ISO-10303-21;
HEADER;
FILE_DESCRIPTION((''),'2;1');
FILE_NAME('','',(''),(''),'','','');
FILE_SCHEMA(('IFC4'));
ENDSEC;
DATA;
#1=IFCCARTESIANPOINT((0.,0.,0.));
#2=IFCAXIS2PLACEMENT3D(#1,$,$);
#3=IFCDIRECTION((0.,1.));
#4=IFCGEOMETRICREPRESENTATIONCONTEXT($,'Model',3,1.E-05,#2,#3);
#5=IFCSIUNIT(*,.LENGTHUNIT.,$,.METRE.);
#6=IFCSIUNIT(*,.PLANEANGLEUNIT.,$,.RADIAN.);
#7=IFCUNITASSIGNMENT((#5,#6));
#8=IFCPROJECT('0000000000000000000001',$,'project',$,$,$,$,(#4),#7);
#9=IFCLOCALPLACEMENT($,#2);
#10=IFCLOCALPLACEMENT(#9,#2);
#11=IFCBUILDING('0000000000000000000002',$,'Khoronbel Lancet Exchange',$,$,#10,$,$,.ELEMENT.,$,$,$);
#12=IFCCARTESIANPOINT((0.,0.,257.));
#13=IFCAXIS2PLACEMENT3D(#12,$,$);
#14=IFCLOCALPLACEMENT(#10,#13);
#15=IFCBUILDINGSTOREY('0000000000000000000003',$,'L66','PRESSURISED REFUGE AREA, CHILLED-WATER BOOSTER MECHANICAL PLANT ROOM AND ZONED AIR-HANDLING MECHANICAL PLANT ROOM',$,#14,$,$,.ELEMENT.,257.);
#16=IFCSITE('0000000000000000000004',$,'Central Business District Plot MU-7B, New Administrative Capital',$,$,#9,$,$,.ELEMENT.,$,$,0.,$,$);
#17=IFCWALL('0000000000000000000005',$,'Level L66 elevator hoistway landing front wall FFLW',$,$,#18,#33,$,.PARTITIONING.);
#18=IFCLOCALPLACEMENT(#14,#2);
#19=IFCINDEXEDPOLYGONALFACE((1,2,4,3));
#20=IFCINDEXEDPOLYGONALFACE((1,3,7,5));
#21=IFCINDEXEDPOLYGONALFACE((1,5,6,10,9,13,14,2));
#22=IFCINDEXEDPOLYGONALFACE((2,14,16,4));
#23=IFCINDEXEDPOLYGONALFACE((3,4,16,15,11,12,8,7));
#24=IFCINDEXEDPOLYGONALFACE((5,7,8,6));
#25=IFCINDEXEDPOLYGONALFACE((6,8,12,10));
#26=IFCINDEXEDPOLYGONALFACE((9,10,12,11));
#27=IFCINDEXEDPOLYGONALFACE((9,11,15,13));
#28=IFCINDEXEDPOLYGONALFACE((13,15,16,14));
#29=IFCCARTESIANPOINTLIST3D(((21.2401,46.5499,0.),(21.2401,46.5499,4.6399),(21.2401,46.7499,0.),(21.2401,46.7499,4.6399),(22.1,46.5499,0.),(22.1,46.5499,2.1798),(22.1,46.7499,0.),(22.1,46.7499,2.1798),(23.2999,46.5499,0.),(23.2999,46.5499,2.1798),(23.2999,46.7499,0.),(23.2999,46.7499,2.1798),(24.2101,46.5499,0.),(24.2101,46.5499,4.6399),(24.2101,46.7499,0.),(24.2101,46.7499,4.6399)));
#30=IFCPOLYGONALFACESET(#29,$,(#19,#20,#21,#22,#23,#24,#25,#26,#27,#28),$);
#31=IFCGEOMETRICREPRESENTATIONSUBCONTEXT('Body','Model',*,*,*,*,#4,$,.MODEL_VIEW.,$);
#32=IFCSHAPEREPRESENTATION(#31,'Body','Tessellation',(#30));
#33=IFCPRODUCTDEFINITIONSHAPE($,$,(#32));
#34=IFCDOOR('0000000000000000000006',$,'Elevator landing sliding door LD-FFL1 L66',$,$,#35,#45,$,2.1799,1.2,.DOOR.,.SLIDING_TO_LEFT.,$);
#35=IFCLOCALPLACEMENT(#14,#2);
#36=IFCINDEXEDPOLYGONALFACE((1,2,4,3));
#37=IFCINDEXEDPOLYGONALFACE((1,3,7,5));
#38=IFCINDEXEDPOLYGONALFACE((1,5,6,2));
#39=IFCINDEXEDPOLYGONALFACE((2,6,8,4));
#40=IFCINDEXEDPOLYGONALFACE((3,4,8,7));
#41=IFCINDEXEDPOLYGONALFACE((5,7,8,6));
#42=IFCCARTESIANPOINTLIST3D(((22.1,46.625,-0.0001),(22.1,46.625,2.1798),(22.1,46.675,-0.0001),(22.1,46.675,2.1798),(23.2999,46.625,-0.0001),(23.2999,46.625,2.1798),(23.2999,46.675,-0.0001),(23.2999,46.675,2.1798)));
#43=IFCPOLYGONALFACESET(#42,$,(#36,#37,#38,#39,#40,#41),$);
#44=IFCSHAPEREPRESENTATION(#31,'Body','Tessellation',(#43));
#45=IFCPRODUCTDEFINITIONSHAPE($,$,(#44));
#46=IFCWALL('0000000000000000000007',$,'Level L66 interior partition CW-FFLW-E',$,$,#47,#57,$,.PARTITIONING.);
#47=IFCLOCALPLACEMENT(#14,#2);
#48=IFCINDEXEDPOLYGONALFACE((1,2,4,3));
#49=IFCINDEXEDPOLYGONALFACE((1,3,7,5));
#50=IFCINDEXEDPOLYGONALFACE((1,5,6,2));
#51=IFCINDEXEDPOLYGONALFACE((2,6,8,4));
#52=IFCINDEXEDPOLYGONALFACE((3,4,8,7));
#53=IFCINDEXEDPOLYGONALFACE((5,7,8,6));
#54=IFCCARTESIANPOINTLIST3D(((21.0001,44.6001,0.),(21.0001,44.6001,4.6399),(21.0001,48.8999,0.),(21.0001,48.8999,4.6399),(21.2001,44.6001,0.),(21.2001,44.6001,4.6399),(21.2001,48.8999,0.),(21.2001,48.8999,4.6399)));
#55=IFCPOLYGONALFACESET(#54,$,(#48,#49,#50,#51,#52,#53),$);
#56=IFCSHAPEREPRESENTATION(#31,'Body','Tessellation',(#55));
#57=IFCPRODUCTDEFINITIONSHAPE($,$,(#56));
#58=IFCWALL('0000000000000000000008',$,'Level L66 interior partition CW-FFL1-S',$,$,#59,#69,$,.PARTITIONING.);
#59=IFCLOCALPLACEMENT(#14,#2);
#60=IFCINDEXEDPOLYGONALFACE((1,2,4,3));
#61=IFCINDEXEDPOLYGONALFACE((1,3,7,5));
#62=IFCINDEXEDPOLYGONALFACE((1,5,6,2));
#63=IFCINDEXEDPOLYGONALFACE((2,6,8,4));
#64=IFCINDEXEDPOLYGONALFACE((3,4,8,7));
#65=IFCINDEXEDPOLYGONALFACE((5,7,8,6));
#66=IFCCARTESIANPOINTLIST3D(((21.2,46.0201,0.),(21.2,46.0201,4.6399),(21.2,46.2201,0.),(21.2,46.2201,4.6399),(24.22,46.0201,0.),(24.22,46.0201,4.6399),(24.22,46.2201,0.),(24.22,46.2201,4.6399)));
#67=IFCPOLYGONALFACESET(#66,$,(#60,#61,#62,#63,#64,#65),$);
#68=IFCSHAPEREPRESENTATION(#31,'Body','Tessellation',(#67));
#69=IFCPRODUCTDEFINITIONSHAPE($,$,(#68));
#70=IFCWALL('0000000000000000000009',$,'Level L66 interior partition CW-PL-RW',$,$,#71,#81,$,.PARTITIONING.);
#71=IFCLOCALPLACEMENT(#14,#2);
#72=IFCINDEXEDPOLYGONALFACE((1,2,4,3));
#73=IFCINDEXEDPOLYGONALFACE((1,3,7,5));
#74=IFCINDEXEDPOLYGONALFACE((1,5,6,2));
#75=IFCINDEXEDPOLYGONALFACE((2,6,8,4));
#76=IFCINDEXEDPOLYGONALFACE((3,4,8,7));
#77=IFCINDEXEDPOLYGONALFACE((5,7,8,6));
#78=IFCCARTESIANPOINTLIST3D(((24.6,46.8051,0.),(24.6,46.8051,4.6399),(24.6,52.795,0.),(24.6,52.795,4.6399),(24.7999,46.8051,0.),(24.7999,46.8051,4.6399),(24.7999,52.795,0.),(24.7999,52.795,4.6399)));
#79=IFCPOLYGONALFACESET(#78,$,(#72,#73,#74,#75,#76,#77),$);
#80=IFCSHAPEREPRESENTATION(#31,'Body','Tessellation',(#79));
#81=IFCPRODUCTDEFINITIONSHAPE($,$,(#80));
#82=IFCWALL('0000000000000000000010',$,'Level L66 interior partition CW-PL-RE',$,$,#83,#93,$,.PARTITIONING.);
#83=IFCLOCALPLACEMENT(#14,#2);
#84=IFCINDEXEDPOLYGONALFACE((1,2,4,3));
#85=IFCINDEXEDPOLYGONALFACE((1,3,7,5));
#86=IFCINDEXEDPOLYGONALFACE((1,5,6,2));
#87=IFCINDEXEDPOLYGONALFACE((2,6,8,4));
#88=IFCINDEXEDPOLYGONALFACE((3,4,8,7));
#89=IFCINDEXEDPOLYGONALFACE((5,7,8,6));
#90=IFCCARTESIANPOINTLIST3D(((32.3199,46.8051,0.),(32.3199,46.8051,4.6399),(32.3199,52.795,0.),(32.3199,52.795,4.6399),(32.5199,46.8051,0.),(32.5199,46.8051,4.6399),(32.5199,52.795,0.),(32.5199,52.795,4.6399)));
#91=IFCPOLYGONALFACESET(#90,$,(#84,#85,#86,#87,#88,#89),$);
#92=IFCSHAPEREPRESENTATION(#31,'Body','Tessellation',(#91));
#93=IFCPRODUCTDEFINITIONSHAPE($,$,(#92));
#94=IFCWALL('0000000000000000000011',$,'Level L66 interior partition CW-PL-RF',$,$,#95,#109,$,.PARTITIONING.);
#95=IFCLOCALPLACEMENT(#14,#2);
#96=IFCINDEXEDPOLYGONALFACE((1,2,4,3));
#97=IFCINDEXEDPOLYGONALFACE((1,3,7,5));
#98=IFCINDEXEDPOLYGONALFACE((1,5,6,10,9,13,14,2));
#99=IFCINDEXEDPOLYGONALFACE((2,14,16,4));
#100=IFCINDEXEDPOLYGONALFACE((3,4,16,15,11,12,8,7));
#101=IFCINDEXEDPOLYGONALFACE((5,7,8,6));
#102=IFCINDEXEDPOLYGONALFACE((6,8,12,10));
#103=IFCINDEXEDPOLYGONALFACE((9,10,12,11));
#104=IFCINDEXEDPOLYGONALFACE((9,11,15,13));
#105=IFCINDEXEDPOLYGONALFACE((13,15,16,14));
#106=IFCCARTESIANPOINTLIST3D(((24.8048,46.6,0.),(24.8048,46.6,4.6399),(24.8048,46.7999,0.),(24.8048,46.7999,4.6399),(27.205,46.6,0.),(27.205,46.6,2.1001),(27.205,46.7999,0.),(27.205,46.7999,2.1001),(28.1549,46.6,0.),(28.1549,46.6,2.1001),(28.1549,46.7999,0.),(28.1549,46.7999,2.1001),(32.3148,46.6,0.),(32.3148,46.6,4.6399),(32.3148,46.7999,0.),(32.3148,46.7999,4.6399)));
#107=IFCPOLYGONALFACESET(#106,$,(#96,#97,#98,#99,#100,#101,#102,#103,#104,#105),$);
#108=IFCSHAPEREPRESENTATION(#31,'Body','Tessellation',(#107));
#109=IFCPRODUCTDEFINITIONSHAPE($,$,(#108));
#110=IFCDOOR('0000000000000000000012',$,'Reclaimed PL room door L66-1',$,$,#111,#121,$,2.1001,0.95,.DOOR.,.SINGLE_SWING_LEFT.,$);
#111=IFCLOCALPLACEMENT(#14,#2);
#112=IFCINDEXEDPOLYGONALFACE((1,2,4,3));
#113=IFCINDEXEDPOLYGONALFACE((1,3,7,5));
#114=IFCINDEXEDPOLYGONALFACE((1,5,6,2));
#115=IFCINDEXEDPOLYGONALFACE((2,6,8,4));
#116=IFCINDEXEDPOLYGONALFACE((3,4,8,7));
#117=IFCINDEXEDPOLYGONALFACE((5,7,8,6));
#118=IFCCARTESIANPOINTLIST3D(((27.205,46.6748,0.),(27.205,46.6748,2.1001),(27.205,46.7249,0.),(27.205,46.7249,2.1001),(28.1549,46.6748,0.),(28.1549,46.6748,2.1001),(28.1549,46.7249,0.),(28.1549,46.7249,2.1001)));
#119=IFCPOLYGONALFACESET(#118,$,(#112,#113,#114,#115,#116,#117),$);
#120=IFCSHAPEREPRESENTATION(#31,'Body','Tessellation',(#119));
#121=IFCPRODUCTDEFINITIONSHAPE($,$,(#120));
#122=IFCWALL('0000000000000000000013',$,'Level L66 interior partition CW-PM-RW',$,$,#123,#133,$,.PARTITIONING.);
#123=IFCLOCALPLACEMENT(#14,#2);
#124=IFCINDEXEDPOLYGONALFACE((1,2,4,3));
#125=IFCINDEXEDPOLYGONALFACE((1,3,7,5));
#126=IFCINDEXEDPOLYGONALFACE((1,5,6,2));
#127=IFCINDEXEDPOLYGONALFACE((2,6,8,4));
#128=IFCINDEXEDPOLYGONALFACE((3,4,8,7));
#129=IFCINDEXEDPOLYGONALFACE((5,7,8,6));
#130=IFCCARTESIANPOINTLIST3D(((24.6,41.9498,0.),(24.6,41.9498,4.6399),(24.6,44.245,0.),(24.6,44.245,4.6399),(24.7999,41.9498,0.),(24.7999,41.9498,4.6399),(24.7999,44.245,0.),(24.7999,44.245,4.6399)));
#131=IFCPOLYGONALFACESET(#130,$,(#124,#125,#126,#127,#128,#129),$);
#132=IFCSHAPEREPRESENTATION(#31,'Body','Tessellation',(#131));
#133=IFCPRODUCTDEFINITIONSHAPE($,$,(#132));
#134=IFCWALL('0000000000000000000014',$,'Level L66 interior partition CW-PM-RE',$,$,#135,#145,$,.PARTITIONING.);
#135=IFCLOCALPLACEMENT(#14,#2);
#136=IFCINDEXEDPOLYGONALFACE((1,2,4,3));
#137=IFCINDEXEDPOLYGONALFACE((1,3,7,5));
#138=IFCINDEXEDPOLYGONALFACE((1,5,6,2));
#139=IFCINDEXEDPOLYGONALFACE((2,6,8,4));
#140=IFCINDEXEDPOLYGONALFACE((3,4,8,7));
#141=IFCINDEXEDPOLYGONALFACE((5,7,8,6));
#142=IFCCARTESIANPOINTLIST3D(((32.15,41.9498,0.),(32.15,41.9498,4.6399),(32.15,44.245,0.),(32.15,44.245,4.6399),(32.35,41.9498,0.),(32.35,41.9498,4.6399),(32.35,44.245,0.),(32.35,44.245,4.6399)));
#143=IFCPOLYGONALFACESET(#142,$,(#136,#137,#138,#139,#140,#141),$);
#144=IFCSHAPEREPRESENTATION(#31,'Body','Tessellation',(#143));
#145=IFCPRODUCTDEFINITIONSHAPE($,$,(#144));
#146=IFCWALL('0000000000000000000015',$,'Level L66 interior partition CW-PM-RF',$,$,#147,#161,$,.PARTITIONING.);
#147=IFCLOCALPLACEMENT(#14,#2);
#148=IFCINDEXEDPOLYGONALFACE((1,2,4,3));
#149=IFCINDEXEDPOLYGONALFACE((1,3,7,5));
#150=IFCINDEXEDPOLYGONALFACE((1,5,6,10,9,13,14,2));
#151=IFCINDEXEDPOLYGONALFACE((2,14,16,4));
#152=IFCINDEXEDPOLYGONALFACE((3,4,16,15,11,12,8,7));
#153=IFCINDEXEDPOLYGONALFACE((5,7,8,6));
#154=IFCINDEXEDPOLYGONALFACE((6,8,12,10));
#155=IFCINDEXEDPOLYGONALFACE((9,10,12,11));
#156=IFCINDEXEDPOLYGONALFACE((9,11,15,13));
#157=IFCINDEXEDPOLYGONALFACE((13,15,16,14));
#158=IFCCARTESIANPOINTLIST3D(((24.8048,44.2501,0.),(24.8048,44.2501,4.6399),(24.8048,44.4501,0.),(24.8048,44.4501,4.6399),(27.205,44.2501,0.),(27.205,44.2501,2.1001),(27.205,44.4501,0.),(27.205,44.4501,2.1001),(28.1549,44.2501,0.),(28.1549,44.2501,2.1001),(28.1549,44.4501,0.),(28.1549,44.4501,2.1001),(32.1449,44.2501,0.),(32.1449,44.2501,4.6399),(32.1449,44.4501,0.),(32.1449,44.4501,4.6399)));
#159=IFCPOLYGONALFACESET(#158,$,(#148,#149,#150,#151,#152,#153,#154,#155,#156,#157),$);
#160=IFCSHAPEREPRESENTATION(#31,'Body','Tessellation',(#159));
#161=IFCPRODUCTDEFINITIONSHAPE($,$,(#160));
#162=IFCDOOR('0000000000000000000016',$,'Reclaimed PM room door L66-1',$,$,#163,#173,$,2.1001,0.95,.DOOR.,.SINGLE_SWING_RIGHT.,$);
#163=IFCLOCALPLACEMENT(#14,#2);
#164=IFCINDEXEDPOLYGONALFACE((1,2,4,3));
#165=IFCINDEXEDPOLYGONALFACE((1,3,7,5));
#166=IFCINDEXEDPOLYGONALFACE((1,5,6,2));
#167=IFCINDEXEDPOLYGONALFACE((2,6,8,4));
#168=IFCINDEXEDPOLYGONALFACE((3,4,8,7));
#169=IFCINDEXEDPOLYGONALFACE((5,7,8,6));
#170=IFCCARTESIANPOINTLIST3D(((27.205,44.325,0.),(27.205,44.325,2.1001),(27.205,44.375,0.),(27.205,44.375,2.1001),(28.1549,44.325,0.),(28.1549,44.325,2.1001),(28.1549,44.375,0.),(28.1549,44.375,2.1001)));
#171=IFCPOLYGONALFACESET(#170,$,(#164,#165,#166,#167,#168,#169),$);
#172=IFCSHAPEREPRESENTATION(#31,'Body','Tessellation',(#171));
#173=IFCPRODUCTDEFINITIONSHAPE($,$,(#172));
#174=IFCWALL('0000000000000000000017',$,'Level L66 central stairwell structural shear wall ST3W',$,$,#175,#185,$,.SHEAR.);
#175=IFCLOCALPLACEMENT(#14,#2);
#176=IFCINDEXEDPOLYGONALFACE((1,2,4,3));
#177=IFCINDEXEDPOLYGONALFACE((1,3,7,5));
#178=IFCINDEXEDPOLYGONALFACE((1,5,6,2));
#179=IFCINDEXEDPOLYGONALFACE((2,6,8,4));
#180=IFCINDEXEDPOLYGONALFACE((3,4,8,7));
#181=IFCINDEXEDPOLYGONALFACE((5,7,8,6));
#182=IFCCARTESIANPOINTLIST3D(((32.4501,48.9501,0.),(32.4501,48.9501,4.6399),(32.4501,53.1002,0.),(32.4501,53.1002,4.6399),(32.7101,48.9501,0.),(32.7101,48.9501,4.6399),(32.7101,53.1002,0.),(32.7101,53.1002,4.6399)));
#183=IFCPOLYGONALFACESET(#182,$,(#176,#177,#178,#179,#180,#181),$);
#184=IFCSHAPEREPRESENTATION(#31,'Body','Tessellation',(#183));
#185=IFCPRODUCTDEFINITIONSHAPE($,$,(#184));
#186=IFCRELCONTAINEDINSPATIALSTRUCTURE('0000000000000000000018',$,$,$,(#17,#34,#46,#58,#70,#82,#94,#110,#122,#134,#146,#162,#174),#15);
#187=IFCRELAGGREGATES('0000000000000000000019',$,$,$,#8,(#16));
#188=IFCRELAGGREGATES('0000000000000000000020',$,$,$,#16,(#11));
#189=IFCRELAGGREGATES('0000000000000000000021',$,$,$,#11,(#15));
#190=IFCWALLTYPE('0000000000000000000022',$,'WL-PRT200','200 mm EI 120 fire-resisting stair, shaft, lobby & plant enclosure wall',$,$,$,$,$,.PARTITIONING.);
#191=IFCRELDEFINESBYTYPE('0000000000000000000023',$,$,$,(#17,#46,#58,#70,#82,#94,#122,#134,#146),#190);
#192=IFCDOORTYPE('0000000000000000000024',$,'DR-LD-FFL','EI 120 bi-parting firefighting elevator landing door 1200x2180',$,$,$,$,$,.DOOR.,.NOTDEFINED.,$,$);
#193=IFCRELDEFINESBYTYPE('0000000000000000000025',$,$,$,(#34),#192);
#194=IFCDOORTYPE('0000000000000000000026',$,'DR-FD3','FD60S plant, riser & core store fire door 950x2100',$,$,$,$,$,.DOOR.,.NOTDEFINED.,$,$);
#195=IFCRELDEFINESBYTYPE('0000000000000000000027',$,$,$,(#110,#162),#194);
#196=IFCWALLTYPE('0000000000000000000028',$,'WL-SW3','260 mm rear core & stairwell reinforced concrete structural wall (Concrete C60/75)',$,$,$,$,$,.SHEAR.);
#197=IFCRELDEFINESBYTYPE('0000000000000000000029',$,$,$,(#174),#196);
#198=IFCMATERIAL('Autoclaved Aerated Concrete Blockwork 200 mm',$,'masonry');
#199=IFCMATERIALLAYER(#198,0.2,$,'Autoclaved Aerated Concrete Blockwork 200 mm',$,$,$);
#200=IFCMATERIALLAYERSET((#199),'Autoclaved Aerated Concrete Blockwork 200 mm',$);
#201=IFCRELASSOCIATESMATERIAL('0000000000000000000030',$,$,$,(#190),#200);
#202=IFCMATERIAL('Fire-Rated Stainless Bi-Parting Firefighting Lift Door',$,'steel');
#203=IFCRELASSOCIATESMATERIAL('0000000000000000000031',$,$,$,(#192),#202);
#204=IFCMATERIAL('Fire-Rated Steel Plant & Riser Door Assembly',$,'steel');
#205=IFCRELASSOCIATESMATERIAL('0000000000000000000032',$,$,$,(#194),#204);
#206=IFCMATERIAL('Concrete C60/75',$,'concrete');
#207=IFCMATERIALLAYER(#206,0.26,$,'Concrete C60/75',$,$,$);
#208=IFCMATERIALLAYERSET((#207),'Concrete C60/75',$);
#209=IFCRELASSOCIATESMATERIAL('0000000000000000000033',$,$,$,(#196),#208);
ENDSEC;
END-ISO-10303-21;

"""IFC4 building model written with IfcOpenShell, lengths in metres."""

from ifc_helpers import new_model, si_unit, direction, frame, frame_2d, origin, place, context, subcontext, project, spatial, rectangle, extrude, material, layer, layer_set, type_object, element, fill, save


model = new_model("IFC4")

# Units and contexts
model_context = context("Model", 3, precision=1e-05, world=origin(), true_north=direction((0.0, 1.0)))
body_context = subcontext(model_context, "Body", "Model", "MODEL_VIEW")
ifc_project = project(units=[si_unit("LENGTHUNIT", "METRE"), si_unit("PLANEANGLEUNIT", "RADIAN")], contexts=[model_context])

# Site, building, storey
site_placement = place(None, origin())
site = spatial("IfcSite", under=ifc_project, at=site_placement, Name="Central Business District Plot MU-7B, New Administrative Capital", CompositionType="ELEMENT", RefElevation=0.0)
building_placement = place(site_placement, origin())
building = spatial("IfcBuilding", under=site, at=building_placement, Name="Khoronbel Lancet Exchange", CompositionType="ELEMENT")
storey_placement = place(building_placement, frame((0.0, 0.0, 257.0)))
storey = spatial("IfcBuildingStorey", under=building, at=storey_placement, Name="L66", Description="PRESSURISED REFUGE AREA, CHILLED-WATER BOOSTER MECHANICAL PLANT ROOM AND ZONED AIR-HANDLING MECHANICAL PLANT ROOM", CompositionType="ELEMENT", Elevation=257.0)

# Wall, opening, door
ifc_material_1 = material(Name="Autoclaved Aerated Concrete Blockwork 200 mm", Category="masonry")
ifc_layer_1 = layer(ifc_material_1, 0.2, Name="Autoclaved Aerated Concrete Blockwork 200 mm")
ifc_layer_set_1 = layer_set([ifc_layer_1], Name="Autoclaved Aerated Concrete Blockwork 200 mm")
wall_type_1 = type_object("IfcWallType", Name="WL-PRT200", Description="200 mm EI 120 fire-resisting stair, shaft, lobby & plant enclosure wall", PredefinedType="PARTITIONING", material=ifc_layer_set_1)
wall_1_placement = place(storey_placement, frame((24.21, 46.6499, 0.0), z_axis=(0.0, 0.0, 1.0), x_axis=(-1.0, 0.0, 0.0)))
wall_1 = element("IfcWall", 1, at=wall_1_placement, inside=storey, type_object=wall_type_1, Name="Level L66 elevator hoistway landing front wall FFLW", PredefinedType="PARTITIONING", context=body_context, shape_type="SweptSolid", body=[
    extrude(rectangle(XDim=2.97, YDim=0.2, at=frame_2d((1.4849, 0.0))), origin(), (0.0, 0.0, 1.0), 4.6399),
])
opening_1_placement = place(wall_1_placement, frame((0.9099, 0.0, 0.0)))
opening_1 = element("IfcOpeningElement", 2, at=opening_1_placement, cuts=wall_1, PredefinedType="OPENING", context=body_context, shape_type="SweptSolid", body=[
    extrude(rectangle(XDim=1.2, YDim=2.1799, at=frame_2d((0.6001, 1.0898))), frame((0.0, 0.1099, 0.0), z_axis=(0.0, -1.0, 0.0), x_axis=(1.0, 0.0, 0.0)), (0.0, 0.0, 1.0), 0.22),
])
ifc_material_2 = material(Name="Fire-Rated Stainless Bi-Parting Firefighting Lift Door", Category="steel")
door_type_1 = type_object("IfcDoorType", Name="DR-LD-FFL", Description="EI 120 bi-parting firefighting elevator landing door 1200x2180", OperationType="NOTDEFINED", PredefinedType="DOOR", material=ifc_material_2)
door_1_placement = place(opening_1_placement, origin())
door_1 = element("IfcDoor", 3, at=door_1_placement, inside=storey, type_object=door_type_1, Name="Elevator landing sliding door LD-FFL1 L66", OperationType="SLIDING_TO_LEFT", OverallHeight=2.1799, OverallWidth=1.2, PredefinedType="DOOR", context=body_context, shape_type="SweptSolid", body=[
    extrude(rectangle(XDim=1.2, YDim=2.1799, at=frame_2d((0.6001, 1.0898))), frame((0.0, 0.0249, 0.0), z_axis=(0.0, -1.0, 0.0), x_axis=(1.0, 0.0, 0.0)), (0.0, 0.0, 1.0), 0.05),
])
fill(opening_1, door_1)

# Walls
wall_2_placement = place(storey_placement, frame((21.1001, 44.6001, 0.0), z_axis=(0.0, 0.0, 1.0), x_axis=(0.0, 1.0, 0.0)))
element("IfcWall", 4, at=wall_2_placement, inside=storey, type_object=wall_type_1, Name="Level L66 interior partition CW-FFLW-E", PredefinedType="PARTITIONING", context=body_context, shape_type="SweptSolid", body=[
    extrude(rectangle(XDim=4.2998, YDim=0.2, at=frame_2d((2.1499, 0.0))), origin(), (0.0, 0.0, 1.0), 4.6399),
])
wall_3_placement = place(storey_placement, frame((21.2, 46.1201, 0.0), z_axis=(0.0, 0.0, 1.0), x_axis=(1.0, 0.0, 0.0)))
element("IfcWall", 5, at=wall_3_placement, inside=storey, type_object=wall_type_1, Name="Level L66 interior partition CW-FFL1-S", PredefinedType="PARTITIONING", context=body_context, shape_type="SweptSolid", body=[
    extrude(rectangle(XDim=3.02, YDim=0.2, at=frame_2d((1.51, 0.0))), origin(), (0.0, 0.0, 1.0), 4.6399),
])
for number, where, z_axis, x_axis, name in (
    (6, (24.7, 46.8049, 0.0), (0.0, 0.0, 1.0), (0.0, 1.0, 0.0), "Level L66 interior partition CW-PL-RW"),
    (7, (32.4199, 46.8049, 0.0), (0.0, 0.0, 1.0), (0.0, 1.0, 0.0), "Level L66 interior partition CW-PL-RE"),
):
    element("IfcWall", number, at=place(storey_placement, frame(where, z_axis=z_axis, x_axis=x_axis)), inside=storey, type_object=wall_type_1, Name=name, PredefinedType="PARTITIONING", context=body_context, shape_type="SweptSolid", body=[
        extrude(rectangle(XDim=5.99, YDim=0.2, at=frame_2d((2.9951, 0.0))), origin(), (0.0, 0.0, 1.0), 4.6399),
    ])

# Wall, opening, door
wall_4_placement = place(storey_placement, frame((24.8049, 46.7, 0.0), z_axis=(0.0, 0.0, 1.0), x_axis=(1.0, 0.0, 0.0)))
wall_4 = element("IfcWall", 8, at=wall_4_placement, inside=storey, type_object=wall_type_1, Name="Level L66 interior partition CW-PL-RF", PredefinedType="PARTITIONING", context=body_context, shape_type="SweptSolid", body=[
    extrude(rectangle(XDim=7.51, YDim=0.2, at=frame_2d((3.7549, 0.0))), origin(), (0.0, 0.0, 1.0), 4.6399),
])
opening_2_placement = place(wall_4_placement, frame((2.3999, 0.0, 0.0)))
opening_2 = element("IfcOpeningElement", 9, at=opening_2_placement, cuts=wall_4, PredefinedType="OPENING", context=body_context, shape_type="SweptSolid", body=[
    extrude(rectangle(XDim=0.95, YDim=2.1001, at=frame_2d((0.4751, 1.05))), frame((0.0, 0.1099, 0.0), z_axis=(0.0, -1.0, 0.0), x_axis=(1.0, 0.0, 0.0)), (0.0, 0.0, 1.0), 0.22),
])
ifc_material_3 = material(Name="Fire-Rated Steel Plant & Riser Door Assembly", Category="steel")
door_type_2 = type_object("IfcDoorType", Name="DR-FD3", Description="FD60S plant, riser & core store fire door 950x2100", OperationType="NOTDEFINED", PredefinedType="DOOR", material=ifc_material_3)
door_2_placement = place(opening_2_placement, origin())
door_2 = element("IfcDoor", 10, at=door_2_placement, inside=storey, type_object=door_type_2, Name="Reclaimed PL room door L66-1", OperationType="SINGLE_SWING_LEFT", OverallHeight=2.1001, OverallWidth=0.95, PredefinedType="DOOR", context=body_context, shape_type="SweptSolid", body=[
    extrude(rectangle(XDim=0.95, YDim=2.1001, at=frame_2d((0.4751, 1.05))), frame((0.0, 0.0249, 0.0), z_axis=(0.0, -1.0, 0.0), x_axis=(1.0, 0.0, 0.0)), (0.0, 0.0, 1.0), 0.05),
])
fill(opening_2, door_2)

# Walls
for number, where, z_axis, x_axis, name in (
    (11, (24.7, 41.95, 0.0), (0.0, 0.0, 1.0), (0.0, 1.0, 0.0), "Level L66 interior partition CW-PM-RW"),
    (12, (32.25, 41.95, 0.0), (0.0, 0.0, 1.0), (0.0, 1.0, 0.0), "Level L66 interior partition CW-PM-RE"),
):
    element("IfcWall", number, at=place(storey_placement, frame(where, z_axis=z_axis, x_axis=x_axis)), inside=storey, type_object=wall_type_1, Name=name, PredefinedType="PARTITIONING", context=body_context, shape_type="SweptSolid", body=[
        extrude(rectangle(XDim=2.2952, YDim=0.2, at=frame_2d((1.1475, 0.0))), origin(), (0.0, 0.0, 1.0), 4.6399),
    ])

# Wall, opening, door
wall_5_placement = place(storey_placement, frame((24.8049, 44.3501, 0.0), z_axis=(0.0, 0.0, 1.0), x_axis=(1.0, 0.0, 0.0)))
wall_5 = element("IfcWall", 13, at=wall_5_placement, inside=storey, type_object=wall_type_1, Name="Level L66 interior partition CW-PM-RF", PredefinedType="PARTITIONING", context=body_context, shape_type="SweptSolid", body=[
    extrude(rectangle(XDim=7.3401, YDim=0.2, at=frame_2d((3.6699, 0.0))), origin(), (0.0, 0.0, 1.0), 4.6399),
])
opening_3_placement = place(wall_5_placement, frame((2.3999, 0.0, 0.0)))
opening_3 = element("IfcOpeningElement", 14, at=opening_3_placement, cuts=wall_5, PredefinedType="OPENING", context=body_context, shape_type="SweptSolid", body=[
    extrude(rectangle(XDim=0.95, YDim=2.1001, at=frame_2d((0.4751, 1.05))), frame((0.0, 0.1099, 0.0), z_axis=(0.0, -1.0, 0.0), x_axis=(1.0, 0.0, 0.0)), (0.0, 0.0, 1.0), 0.22),
])
door_3_placement = place(opening_3_placement, origin())
door_3 = element("IfcDoor", 15, at=door_3_placement, inside=storey, type_object=door_type_2, Name="Reclaimed PM room door L66-1", OperationType="SINGLE_SWING_RIGHT", OverallHeight=2.1001, OverallWidth=0.95, PredefinedType="DOOR", context=body_context, shape_type="SweptSolid", body=[
    extrude(rectangle(XDim=0.95, YDim=2.1001, at=frame_2d((0.4751, 1.05))), frame((0.0, 0.0249, 0.0), z_axis=(0.0, -1.0, 0.0), x_axis=(1.0, 0.0, 0.0)), (0.0, 0.0, 1.0), 0.05),
])
fill(opening_3, door_3)

# Wall
ifc_material_4 = material(Name="Concrete C60/75", Category="concrete")
ifc_layer_2 = layer(ifc_material_4, 0.26, Name="Concrete C60/75")
ifc_layer_set_2 = layer_set([ifc_layer_2], Name="Concrete C60/75")
wall_type_2 = type_object("IfcWallType", Name="WL-SW3", Description="260 mm rear core & stairwell reinforced concrete structural wall (Concrete C60/75)", PredefinedType="SHEAR", material=ifc_layer_set_2)
wall_6_placement = place(storey_placement, frame((32.5801, 48.95, 0.0), z_axis=(0.0, 0.0, 1.0), x_axis=(0.0, 1.0, 0.0)))
element("IfcWall", 16, at=wall_6_placement, inside=storey, type_object=wall_type_2, Name="Level L66 central stairwell structural shear wall ST3W", PredefinedType="SHEAR", context=body_context, shape_type="SweptSolid", body=[
    extrude(rectangle(XDim=4.1501, YDim=0.26, at=frame_2d((2.0752, 0.0))), origin(), (0.0, 0.0, 1.0), 4.6399),
])

save(model, "model.ifc")
